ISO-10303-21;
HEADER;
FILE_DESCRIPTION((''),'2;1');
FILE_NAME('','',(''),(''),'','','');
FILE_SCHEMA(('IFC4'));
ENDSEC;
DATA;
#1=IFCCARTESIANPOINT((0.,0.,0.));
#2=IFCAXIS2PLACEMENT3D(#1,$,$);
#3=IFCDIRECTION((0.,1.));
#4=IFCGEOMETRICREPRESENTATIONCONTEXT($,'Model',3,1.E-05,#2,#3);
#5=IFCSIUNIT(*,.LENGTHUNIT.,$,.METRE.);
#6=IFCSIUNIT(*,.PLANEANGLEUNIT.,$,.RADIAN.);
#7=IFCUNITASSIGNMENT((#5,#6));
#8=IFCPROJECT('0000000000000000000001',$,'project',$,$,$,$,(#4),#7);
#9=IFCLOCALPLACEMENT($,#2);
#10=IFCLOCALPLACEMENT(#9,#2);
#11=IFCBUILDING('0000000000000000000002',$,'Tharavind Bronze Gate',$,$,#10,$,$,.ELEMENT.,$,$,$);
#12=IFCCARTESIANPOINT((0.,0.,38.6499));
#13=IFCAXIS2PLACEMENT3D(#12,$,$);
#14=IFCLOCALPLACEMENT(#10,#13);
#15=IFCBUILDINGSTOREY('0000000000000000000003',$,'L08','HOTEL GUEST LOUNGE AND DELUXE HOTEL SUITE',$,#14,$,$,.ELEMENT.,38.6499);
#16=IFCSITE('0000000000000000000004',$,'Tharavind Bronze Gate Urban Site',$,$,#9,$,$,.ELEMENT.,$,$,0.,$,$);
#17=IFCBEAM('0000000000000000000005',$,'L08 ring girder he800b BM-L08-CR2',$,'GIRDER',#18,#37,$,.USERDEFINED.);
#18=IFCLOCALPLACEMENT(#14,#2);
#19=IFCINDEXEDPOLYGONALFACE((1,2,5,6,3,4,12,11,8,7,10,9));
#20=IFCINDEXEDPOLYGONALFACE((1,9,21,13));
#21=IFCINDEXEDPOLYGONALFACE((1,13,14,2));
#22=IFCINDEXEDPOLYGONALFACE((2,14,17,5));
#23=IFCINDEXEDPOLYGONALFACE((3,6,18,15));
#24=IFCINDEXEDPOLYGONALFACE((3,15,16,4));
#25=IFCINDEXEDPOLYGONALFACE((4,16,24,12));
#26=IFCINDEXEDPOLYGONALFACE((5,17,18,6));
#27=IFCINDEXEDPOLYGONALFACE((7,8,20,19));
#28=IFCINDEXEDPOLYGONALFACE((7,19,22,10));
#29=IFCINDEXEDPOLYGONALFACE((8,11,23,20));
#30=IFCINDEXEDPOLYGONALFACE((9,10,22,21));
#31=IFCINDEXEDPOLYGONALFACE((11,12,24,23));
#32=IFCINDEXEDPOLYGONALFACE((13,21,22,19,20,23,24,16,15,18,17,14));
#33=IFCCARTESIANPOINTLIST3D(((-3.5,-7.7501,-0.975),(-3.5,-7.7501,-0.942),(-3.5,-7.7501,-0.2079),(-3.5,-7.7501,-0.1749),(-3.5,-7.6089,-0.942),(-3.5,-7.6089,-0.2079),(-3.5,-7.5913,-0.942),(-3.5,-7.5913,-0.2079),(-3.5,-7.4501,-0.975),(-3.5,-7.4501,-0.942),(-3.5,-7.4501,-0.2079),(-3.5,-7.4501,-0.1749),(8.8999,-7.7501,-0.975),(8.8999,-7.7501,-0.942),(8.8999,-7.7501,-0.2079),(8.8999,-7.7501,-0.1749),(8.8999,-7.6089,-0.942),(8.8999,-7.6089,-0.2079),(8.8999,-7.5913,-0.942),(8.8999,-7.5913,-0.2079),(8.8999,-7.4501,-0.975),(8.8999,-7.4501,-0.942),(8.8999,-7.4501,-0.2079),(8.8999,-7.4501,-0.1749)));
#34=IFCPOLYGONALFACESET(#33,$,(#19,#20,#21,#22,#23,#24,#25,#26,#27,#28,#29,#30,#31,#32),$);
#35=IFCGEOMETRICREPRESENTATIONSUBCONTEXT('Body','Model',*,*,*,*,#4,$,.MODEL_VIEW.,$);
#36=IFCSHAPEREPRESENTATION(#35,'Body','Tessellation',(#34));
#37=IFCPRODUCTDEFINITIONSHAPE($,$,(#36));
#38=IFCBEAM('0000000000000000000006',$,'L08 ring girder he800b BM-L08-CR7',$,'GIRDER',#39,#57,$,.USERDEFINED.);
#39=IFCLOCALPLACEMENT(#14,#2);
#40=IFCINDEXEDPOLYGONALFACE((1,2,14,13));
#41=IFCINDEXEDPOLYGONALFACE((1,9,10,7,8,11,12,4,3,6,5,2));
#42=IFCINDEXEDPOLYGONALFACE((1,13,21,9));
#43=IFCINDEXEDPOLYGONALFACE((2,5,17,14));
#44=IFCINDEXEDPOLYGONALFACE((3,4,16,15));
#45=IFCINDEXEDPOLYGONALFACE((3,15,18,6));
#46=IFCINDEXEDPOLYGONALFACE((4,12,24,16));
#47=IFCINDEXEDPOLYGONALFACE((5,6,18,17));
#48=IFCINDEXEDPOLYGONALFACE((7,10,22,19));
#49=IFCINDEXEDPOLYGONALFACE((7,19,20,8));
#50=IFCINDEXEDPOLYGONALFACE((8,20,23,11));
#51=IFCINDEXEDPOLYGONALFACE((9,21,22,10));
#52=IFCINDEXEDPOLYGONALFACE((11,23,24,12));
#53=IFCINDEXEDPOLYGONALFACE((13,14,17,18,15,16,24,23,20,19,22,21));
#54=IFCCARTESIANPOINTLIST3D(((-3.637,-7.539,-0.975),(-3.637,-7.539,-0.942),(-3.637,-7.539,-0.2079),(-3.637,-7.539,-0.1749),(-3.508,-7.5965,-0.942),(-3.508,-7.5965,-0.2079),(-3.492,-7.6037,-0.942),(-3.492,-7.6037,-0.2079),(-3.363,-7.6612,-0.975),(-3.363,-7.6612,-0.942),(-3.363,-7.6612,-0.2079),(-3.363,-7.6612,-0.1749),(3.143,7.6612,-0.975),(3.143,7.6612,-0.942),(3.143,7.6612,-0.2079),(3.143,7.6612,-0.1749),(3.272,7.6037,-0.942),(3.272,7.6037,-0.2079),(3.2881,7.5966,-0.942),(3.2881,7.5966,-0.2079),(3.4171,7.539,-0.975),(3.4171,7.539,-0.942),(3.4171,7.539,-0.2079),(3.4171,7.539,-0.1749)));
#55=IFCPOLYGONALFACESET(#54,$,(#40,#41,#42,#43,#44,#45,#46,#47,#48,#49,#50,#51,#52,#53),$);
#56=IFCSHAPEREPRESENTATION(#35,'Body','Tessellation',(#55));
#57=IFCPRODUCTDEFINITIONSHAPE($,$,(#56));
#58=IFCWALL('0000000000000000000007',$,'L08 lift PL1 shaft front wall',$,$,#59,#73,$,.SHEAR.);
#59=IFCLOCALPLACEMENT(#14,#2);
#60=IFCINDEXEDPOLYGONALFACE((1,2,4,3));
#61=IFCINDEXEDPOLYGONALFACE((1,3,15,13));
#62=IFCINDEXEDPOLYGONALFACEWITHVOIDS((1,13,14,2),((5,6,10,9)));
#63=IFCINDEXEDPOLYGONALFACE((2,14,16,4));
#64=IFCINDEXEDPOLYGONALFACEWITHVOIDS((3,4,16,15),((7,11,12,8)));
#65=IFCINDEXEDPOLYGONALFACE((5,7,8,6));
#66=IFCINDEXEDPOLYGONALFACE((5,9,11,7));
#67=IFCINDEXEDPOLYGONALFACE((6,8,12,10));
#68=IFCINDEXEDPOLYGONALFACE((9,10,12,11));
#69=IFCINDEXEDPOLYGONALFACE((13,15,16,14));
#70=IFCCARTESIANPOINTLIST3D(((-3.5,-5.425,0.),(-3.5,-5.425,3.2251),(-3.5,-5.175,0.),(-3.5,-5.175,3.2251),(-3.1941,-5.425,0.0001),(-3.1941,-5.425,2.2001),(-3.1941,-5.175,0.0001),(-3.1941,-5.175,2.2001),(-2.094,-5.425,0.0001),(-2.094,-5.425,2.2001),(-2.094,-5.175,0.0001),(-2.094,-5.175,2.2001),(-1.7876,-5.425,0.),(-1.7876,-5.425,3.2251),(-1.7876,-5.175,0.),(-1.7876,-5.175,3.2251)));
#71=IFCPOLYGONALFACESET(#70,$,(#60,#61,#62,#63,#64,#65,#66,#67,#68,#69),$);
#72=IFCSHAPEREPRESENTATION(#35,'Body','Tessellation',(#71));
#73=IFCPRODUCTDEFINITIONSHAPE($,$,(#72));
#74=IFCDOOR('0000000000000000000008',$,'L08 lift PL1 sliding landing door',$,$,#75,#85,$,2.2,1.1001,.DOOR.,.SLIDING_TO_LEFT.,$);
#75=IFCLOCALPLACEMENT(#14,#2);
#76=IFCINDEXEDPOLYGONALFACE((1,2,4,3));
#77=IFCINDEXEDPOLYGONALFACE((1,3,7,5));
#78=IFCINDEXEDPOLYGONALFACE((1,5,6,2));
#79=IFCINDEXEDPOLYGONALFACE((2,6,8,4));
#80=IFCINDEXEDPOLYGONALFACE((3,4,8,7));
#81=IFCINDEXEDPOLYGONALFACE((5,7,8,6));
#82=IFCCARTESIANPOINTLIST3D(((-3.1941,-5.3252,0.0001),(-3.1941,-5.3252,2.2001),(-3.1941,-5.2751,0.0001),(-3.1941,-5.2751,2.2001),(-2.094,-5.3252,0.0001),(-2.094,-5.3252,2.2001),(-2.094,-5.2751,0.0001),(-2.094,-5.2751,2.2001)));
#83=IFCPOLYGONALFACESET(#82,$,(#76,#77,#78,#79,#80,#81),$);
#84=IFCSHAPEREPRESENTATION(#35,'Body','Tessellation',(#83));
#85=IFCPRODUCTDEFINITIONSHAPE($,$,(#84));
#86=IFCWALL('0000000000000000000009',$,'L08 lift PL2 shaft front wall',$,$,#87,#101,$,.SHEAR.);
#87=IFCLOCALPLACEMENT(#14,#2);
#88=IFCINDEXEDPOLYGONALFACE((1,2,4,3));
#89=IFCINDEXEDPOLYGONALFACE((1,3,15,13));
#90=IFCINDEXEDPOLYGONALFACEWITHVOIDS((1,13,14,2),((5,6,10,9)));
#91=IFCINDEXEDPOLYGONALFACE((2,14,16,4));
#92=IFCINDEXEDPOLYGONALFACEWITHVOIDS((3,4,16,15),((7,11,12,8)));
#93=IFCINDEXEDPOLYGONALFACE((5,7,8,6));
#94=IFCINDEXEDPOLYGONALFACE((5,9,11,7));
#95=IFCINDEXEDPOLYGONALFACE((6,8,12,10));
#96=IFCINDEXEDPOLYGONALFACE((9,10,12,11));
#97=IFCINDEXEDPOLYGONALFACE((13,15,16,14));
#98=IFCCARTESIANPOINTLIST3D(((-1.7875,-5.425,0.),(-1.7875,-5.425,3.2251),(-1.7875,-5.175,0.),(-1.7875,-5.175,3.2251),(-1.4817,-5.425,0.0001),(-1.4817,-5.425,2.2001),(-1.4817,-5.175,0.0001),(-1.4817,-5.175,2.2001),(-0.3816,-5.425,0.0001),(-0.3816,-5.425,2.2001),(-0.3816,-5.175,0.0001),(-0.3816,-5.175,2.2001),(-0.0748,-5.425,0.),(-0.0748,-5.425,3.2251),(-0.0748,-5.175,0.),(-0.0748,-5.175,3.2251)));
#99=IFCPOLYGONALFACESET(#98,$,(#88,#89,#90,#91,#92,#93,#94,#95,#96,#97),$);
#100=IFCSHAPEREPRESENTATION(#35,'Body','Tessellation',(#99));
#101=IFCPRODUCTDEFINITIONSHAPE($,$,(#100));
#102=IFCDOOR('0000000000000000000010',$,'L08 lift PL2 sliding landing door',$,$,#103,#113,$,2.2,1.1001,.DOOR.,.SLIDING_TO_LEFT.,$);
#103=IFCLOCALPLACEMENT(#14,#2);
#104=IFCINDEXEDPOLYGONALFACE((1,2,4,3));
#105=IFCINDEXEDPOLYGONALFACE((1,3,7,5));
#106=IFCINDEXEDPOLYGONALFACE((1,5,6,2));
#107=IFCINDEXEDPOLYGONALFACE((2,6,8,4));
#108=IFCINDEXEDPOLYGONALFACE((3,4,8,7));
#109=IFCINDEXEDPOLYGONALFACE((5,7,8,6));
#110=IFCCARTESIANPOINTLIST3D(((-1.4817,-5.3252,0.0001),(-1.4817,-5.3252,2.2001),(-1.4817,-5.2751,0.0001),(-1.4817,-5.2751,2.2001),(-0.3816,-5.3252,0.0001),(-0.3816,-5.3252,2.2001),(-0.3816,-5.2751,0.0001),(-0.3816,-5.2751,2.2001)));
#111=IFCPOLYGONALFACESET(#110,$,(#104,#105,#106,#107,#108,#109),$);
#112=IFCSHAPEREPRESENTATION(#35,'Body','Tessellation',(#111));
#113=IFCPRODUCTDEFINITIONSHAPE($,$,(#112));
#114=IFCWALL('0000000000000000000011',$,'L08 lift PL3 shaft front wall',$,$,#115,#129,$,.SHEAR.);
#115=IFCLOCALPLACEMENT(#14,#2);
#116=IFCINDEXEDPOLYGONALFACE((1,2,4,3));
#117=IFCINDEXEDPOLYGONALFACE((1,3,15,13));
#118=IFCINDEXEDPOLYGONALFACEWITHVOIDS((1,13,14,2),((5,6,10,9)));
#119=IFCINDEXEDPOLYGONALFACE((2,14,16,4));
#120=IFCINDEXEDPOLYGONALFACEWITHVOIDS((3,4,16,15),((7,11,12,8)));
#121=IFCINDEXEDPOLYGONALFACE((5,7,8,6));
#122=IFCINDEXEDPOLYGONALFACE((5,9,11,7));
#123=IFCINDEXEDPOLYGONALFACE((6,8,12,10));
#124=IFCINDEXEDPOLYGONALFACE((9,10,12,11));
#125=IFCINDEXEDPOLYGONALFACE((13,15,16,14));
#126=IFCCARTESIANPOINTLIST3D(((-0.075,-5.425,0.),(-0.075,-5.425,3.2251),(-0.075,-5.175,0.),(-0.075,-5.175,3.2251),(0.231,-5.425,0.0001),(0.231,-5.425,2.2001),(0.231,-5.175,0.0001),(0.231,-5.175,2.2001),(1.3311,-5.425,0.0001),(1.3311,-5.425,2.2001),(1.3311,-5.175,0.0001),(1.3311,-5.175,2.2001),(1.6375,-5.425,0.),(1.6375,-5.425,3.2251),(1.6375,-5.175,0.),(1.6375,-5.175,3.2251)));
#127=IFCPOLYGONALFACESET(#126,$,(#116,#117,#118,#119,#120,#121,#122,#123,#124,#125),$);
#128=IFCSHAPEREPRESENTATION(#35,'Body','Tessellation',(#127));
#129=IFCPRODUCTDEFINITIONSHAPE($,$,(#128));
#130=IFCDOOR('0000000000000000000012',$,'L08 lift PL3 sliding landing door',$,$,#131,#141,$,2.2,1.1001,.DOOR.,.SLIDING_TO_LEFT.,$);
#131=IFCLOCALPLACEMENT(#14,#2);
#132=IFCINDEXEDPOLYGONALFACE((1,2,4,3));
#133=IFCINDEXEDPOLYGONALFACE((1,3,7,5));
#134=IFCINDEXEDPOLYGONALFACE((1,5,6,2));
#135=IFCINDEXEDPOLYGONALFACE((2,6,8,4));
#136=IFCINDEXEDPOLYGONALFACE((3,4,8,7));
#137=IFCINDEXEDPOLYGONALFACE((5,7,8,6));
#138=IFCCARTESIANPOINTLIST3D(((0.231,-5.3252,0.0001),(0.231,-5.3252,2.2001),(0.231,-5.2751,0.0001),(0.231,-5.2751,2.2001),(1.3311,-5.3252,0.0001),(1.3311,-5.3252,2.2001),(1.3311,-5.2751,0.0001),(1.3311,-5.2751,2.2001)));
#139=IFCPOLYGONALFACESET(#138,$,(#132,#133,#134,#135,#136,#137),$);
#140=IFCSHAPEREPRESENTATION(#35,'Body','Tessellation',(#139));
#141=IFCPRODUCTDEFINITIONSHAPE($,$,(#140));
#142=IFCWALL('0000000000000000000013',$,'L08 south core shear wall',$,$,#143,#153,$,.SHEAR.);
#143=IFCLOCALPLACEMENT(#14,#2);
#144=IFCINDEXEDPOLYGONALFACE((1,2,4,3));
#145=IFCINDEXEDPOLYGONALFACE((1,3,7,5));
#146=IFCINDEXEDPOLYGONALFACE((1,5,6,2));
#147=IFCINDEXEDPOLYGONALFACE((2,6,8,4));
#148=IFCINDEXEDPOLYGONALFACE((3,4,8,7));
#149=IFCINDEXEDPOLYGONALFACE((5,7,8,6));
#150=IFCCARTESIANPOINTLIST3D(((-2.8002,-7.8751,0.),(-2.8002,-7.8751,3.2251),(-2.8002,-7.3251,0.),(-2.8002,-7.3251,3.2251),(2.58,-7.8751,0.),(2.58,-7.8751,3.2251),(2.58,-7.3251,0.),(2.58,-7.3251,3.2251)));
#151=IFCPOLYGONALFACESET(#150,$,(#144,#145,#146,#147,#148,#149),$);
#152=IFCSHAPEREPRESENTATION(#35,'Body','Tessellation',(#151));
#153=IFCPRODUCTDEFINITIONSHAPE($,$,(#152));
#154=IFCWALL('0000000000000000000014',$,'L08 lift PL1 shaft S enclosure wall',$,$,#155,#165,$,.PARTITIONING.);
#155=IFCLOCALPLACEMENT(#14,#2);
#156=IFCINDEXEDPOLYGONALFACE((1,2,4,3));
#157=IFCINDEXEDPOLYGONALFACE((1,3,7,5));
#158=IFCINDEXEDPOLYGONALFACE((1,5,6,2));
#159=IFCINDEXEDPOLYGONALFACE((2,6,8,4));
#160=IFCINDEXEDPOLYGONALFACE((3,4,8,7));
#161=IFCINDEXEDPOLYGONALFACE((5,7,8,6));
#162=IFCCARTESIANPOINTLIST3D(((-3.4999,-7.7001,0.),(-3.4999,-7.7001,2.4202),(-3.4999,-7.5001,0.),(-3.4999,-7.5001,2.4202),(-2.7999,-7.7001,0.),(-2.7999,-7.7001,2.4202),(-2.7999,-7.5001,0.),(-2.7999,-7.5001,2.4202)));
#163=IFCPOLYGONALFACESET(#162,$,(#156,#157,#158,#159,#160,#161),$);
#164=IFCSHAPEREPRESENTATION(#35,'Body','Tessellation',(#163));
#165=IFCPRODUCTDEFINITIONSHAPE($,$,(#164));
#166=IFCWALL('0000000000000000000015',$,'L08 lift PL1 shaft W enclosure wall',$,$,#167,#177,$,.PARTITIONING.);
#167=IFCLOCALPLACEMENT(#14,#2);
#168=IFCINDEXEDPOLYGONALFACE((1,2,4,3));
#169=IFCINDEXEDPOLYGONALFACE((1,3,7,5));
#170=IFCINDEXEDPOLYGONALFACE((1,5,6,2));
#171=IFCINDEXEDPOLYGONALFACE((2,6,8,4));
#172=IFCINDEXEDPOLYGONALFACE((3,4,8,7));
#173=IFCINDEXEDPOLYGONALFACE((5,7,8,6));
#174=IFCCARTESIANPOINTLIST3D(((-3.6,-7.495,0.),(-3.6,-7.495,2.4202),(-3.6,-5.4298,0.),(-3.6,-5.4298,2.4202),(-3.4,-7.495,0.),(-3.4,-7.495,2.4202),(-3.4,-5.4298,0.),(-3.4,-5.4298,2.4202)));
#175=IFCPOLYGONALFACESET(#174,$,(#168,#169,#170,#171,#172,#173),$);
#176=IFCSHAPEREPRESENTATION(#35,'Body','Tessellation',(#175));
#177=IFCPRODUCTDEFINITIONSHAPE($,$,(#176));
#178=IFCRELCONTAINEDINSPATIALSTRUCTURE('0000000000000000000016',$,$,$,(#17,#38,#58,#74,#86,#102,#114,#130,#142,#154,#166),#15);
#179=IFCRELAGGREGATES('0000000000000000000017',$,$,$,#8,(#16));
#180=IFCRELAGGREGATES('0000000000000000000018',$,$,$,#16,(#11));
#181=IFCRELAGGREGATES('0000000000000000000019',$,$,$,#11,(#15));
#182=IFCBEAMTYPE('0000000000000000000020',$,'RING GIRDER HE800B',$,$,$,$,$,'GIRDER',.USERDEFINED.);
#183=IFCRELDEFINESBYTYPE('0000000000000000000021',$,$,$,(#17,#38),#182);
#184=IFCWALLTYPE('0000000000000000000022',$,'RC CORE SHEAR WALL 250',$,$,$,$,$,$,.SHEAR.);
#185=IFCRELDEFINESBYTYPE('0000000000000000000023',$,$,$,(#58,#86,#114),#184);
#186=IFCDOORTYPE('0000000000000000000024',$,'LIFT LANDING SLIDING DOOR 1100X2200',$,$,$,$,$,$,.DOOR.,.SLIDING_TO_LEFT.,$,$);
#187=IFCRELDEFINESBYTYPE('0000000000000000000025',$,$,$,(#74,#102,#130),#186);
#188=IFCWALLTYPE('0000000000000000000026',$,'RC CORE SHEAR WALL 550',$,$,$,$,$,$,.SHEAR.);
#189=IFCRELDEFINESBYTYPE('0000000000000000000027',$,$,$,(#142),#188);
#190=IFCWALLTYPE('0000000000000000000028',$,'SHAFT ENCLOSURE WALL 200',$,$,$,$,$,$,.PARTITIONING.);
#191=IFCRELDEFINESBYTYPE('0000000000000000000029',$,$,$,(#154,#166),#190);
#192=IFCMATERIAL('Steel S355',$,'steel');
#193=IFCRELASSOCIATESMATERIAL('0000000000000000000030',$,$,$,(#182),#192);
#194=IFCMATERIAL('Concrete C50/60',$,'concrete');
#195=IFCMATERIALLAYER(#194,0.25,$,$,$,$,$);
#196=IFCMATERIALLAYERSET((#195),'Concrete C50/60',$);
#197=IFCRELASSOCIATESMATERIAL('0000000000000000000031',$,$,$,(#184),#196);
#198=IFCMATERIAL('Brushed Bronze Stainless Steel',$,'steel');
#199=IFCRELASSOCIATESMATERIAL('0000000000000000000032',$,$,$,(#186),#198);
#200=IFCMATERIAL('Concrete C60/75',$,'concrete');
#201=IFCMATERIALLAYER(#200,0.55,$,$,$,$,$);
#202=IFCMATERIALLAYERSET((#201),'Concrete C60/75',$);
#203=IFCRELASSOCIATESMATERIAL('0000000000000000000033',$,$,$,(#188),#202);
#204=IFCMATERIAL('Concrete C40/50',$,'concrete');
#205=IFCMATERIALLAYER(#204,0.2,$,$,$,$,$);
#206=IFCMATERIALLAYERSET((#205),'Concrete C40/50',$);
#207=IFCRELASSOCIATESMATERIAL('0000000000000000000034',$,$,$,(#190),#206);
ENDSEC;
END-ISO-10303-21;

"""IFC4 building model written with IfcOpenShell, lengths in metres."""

from ifc_helpers import new_model, si_unit, direction, frame, frame_2d, origin, origin_2d, place, context, subcontext, project, spatial, rectangle, i_section, extrude, material, layer, layer_set, material_profile, profile_set, type_object, element, fill, save


model = new_model("IFC4")

# Units and contexts
model_context = context("Model", 3, precision=1e-05, world=origin(), true_north=direction((0.0, 1.0)))
body_context = subcontext(model_context, "Body", "Model", "MODEL_VIEW")
ifc_project = project(units=[si_unit("LENGTHUNIT", "METRE"), si_unit("PLANEANGLEUNIT", "RADIAN")], contexts=[model_context])

# Site, building, storey
site_placement = place(None, origin())
site = spatial("IfcSite", under=ifc_project, at=site_placement, Name="Tharavind Bronze Gate Urban Site", CompositionType="ELEMENT", RefElevation=0.0)
building_placement = place(site_placement, origin())
building = spatial("IfcBuilding", under=site, at=building_placement, Name="Tharavind Bronze Gate", CompositionType="ELEMENT")
storey_placement = place(building_placement, frame((0.0, 0.0, 38.6499)))
storey = spatial("IfcBuildingStorey", under=building, at=storey_placement, Name="L08", Description="HOTEL GUEST LOUNGE AND DELUXE HOTEL SUITE", CompositionType="ELEMENT", Elevation=38.6499)

# Beams
ifc_material_1 = material(Name="Steel S355", Category="steel")
ifc_material_profile = material_profile(ifc_material_1, i_section(OverallWidth=0.3, OverallDepth=0.8, WebThickness=0.0176, FlangeThickness=0.033, at=origin_2d()), Name="HE800B")
ifc_profile_set = profile_set([ifc_material_profile], Name="Steel S355")
beam_type = type_object("IfcBeamType", Name="RING GIRDER HE800B", ElementType="GIRDER", PredefinedType="USERDEFINED", material=ifc_profile_set)
beam_1_placement = place(storey_placement, frame((-3.5, -7.6001, -0.575), z_axis=(1.0, 0.0, 0.0), x_axis=(0.0, 1.0, 0.0)))
element("IfcBeam", 1, at=beam_1_placement, inside=storey, type_object=beam_type, Name="L08 ring girder he800b BM-L08-CR2", ObjectType="GIRDER", PredefinedType="USERDEFINED", context=body_context, shape_type="SweptSolid", body=[
    extrude(i_section(OverallWidth=0.3, OverallDepth=0.8, WebThickness=0.0176, FlangeThickness=0.033, at=origin_2d()), origin(), (0.0, 0.0, 1.0), 12.3999),
])
beam_2_placement = place(storey_placement, frame((-3.5, -7.6001, -0.575), z_axis=(0.407362, 0.913267, 0.0), x_axis=(-0.913267, 0.407362, 0.0)))
element("IfcBeam", 2, at=beam_2_placement, inside=storey, type_object=beam_type, Name="L08 ring girder he800b BM-L08-CR7", ObjectType="GIRDER", PredefinedType="USERDEFINED", context=body_context, shape_type="SweptSolid", body=[
    extrude(i_section(OverallWidth=0.3, OverallDepth=0.8, WebThickness=0.0176, FlangeThickness=0.033, at=origin_2d()), origin(), (0.0, 0.0, 1.0), 16.6438),
])

# Walls, openings, doors
ifc_material_2 = material(Name="Concrete C50/60", Category="concrete")
ifc_layer_1 = layer(ifc_material_2, 0.25)
ifc_layer_set_1 = layer_set([ifc_layer_1], Name="Concrete C50/60")
wall_type_1 = type_object("IfcWallType", Name="RC CORE SHEAR WALL 250", PredefinedType="SHEAR", material=ifc_layer_set_1)
wall_1_placement = place(storey_placement, frame((-3.5, -5.3, 0.0), z_axis=(0.0, 0.0, 1.0), x_axis=(1.0, 0.0, 0.0)))
wall_1 = element("IfcWall", 3, at=wall_1_placement, inside=storey, type_object=wall_type_1, Name="L08 lift PL1 shaft front wall", PredefinedType="SHEAR", context=body_context, shape_type="SweptSolid", body=[
    extrude(rectangle(XDim=1.7124, YDim=0.25, at=frame_2d((0.8562, 0.0))), origin(), (0.0, 0.0, 1.0), 3.2251),
])
opening_1_placement = place(wall_1_placement, frame((0.3059, 0.0, 0.0)))
opening_1 = element("IfcOpeningElement", 4, at=opening_1_placement, cuts=wall_1, PredefinedType="OPENING", context=body_context, shape_type="SweptSolid", body=[
    extrude(rectangle(XDim=1.1001, YDim=2.2, at=frame_2d((0.55, 1.1001))), frame((0.0, 0.135, 0.0), z_axis=(0.0, -1.0, 0.0), x_axis=(1.0, 0.0, 0.0)), (0.0, 0.0, 1.0), 0.27),
])
ifc_material_3 = material(Name="Brushed Bronze Stainless Steel", Category="steel")
door_type_1 = type_object("IfcDoorType", Name="LIFT LANDING SLIDING DOOR 1100X2200", OperationType="SLIDING_TO_LEFT", PredefinedType="DOOR", material=ifc_material_3)
door_1_placement = place(opening_1_placement, origin())
door_1 = element("IfcDoor", 5, at=door_1_placement, inside=storey, type_object=door_type_1, Name="L08 lift PL1 sliding landing door", OperationType="SLIDING_TO_LEFT", OverallHeight=2.2, OverallWidth=1.1001, PredefinedType="DOOR", context=body_context, shape_type="SweptSolid", body=[
    extrude(rectangle(XDim=1.1001, YDim=2.2, at=frame_2d((0.55, 1.1001))), frame((0.0, 0.0249, 0.0), z_axis=(0.0, -1.0, 0.0), x_axis=(1.0, 0.0, 0.0)), (0.0, 0.0, 1.0), 0.05),
])
fill(opening_1, door_1)
wall_2_placement = place(storey_placement, frame((-1.7876, -5.3, 0.0), z_axis=(0.0, 0.0, 1.0), x_axis=(1.0, 0.0, 0.0)))
wall_2 = element("IfcWall", 6, at=wall_2_placement, inside=storey, type_object=wall_type_1, Name="L08 lift PL2 shaft front wall", PredefinedType="SHEAR", context=body_context, shape_type="SweptSolid", body=[
    extrude(rectangle(XDim=1.7126, YDim=0.25, at=frame_2d((0.8564, 0.0))), origin(), (0.0, 0.0, 1.0), 3.2251),
])
opening_2_placement = place(wall_2_placement, frame((0.3059, 0.0, 0.0)))
opening_2 = element("IfcOpeningElement", 7, at=opening_2_placement, cuts=wall_2, PredefinedType="OPENING", context=body_context, shape_type="SweptSolid", body=[
    extrude(rectangle(XDim=1.1001, YDim=2.2, at=frame_2d((0.55, 1.1001))), frame((0.0, 0.135, 0.0), z_axis=(0.0, -1.0, 0.0), x_axis=(1.0, 0.0, 0.0)), (0.0, 0.0, 1.0), 0.27),
])
door_2_placement = place(opening_2_placement, origin())
door_2 = element("IfcDoor", 8, at=door_2_placement, inside=storey, type_object=door_type_1, Name="L08 lift PL2 sliding landing door", OperationType="SLIDING_TO_LEFT", OverallHeight=2.2, OverallWidth=1.1001, PredefinedType="DOOR", context=body_context, shape_type="SweptSolid", body=[
    extrude(rectangle(XDim=1.1001, YDim=2.2, at=frame_2d((0.55, 1.1001))), frame((0.0, 0.0249, 0.0), z_axis=(0.0, -1.0, 0.0), x_axis=(1.0, 0.0, 0.0)), (0.0, 0.0, 1.0), 0.05),
])
fill(opening_2, door_2)
wall_3_placement = place(storey_placement, frame((-0.075, -5.3, 0.0), z_axis=(0.0, 0.0, 1.0), x_axis=(1.0, 0.0, 0.0)))
wall_3 = element("IfcWall", 9, at=wall_3_placement, inside=storey, type_object=wall_type_1, Name="L08 lift PL3 shaft front wall", PredefinedType="SHEAR", context=body_context, shape_type="SweptSolid", body=[
    extrude(rectangle(XDim=1.7124, YDim=0.25, at=frame_2d((0.8562, 0.0))), origin(), (0.0, 0.0, 1.0), 3.2251),
])
opening_3_placement = place(wall_3_placement, frame((0.3059, 0.0, 0.0)))
opening_3 = element("IfcOpeningElement", 10, at=opening_3_placement, cuts=wall_3, PredefinedType="OPENING", context=body_context, shape_type="SweptSolid", body=[
    extrude(rectangle(XDim=1.1001, YDim=2.2, at=frame_2d((0.55, 1.1001))), frame((0.0, 0.135, 0.0), z_axis=(0.0, -1.0, 0.0), x_axis=(1.0, 0.0, 0.0)), (0.0, 0.0, 1.0), 0.27),
])
door_3_placement = place(opening_3_placement, origin())
door_3 = element("IfcDoor", 11, at=door_3_placement, inside=storey, type_object=door_type_1, Name="L08 lift PL3 sliding landing door", OperationType="SLIDING_TO_LEFT", OverallHeight=2.2, OverallWidth=1.1001, PredefinedType="DOOR", context=body_context, shape_type="SweptSolid", body=[
    extrude(rectangle(XDim=1.1001, YDim=2.2, at=frame_2d((0.55, 1.1001))), frame((0.0, 0.0249, 0.0), z_axis=(0.0, -1.0, 0.0), x_axis=(1.0, 0.0, 0.0)), (0.0, 0.0, 1.0), 0.05),
])
fill(opening_3, door_3)

# Walls
ifc_material_4 = material(Name="Concrete C60/75", Category="concrete")
ifc_layer_2 = layer(ifc_material_4, 0.55)
ifc_layer_set_2 = layer_set([ifc_layer_2], Name="Concrete C60/75")
wall_type_2 = type_object("IfcWallType", Name="RC CORE SHEAR WALL 550", PredefinedType="SHEAR", material=ifc_layer_set_2)
wall_4_placement = place(storey_placement, frame((-2.8, -7.6001, 0.0), z_axis=(0.0, 0.0, 1.0), x_axis=(1.0, 0.0, 0.0)))
element("IfcWall", 12, at=wall_4_placement, inside=storey, type_object=wall_type_2, Name="L08 south core shear wall", PredefinedType="SHEAR", context=body_context, shape_type="SweptSolid", body=[
    extrude(rectangle(XDim=5.3801, YDim=0.55, at=frame_2d((2.6899, 0.0))), origin(), (0.0, 0.0, 1.0), 3.2251),
])
ifc_material_5 = material(Name="Concrete C40/50", Category="concrete")
ifc_layer_3 = layer(ifc_material_5, 0.2)
ifc_layer_set_3 = layer_set([ifc_layer_3], Name="Concrete C40/50")
wall_type_3 = type_object("IfcWallType", Name="SHAFT ENCLOSURE WALL 200", PredefinedType="PARTITIONING", material=ifc_layer_set_3)
wall_5_placement = place(storey_placement, frame((-3.5, -7.6001, 0.0), z_axis=(0.0, 0.0, 1.0), x_axis=(1.0, 0.0, 0.0)))
element("IfcWall", 13, at=wall_5_placement, inside=storey, type_object=wall_type_3, Name="L08 lift PL1 shaft S enclosure wall", PredefinedType="PARTITIONING", context=body_context, shape_type="SweptSolid", body=[
    extrude(rectangle(XDim=0.7, YDim=0.2, at=frame_2d((0.3501, 0.0))), origin(), (0.0, 0.0, 1.0), 2.4202),
])
wall_6_placement = place(storey_placement, frame((-3.5, -7.4951, 0.0), z_axis=(0.0, 0.0, 1.0), x_axis=(0.0, 1.0, 0.0)))
element("IfcWall", 14, at=wall_6_placement, inside=storey, type_object=wall_type_3, Name="L08 lift PL1 shaft W enclosure wall", PredefinedType="PARTITIONING", context=body_context, shape_type="SweptSolid", body=[
    extrude(rectangle(XDim=2.0652, YDim=0.2, at=frame_2d((1.0327, 0.0))), origin(), (0.0, 0.0, 1.0), 2.4202),
])

save(model, "model.ifc")
